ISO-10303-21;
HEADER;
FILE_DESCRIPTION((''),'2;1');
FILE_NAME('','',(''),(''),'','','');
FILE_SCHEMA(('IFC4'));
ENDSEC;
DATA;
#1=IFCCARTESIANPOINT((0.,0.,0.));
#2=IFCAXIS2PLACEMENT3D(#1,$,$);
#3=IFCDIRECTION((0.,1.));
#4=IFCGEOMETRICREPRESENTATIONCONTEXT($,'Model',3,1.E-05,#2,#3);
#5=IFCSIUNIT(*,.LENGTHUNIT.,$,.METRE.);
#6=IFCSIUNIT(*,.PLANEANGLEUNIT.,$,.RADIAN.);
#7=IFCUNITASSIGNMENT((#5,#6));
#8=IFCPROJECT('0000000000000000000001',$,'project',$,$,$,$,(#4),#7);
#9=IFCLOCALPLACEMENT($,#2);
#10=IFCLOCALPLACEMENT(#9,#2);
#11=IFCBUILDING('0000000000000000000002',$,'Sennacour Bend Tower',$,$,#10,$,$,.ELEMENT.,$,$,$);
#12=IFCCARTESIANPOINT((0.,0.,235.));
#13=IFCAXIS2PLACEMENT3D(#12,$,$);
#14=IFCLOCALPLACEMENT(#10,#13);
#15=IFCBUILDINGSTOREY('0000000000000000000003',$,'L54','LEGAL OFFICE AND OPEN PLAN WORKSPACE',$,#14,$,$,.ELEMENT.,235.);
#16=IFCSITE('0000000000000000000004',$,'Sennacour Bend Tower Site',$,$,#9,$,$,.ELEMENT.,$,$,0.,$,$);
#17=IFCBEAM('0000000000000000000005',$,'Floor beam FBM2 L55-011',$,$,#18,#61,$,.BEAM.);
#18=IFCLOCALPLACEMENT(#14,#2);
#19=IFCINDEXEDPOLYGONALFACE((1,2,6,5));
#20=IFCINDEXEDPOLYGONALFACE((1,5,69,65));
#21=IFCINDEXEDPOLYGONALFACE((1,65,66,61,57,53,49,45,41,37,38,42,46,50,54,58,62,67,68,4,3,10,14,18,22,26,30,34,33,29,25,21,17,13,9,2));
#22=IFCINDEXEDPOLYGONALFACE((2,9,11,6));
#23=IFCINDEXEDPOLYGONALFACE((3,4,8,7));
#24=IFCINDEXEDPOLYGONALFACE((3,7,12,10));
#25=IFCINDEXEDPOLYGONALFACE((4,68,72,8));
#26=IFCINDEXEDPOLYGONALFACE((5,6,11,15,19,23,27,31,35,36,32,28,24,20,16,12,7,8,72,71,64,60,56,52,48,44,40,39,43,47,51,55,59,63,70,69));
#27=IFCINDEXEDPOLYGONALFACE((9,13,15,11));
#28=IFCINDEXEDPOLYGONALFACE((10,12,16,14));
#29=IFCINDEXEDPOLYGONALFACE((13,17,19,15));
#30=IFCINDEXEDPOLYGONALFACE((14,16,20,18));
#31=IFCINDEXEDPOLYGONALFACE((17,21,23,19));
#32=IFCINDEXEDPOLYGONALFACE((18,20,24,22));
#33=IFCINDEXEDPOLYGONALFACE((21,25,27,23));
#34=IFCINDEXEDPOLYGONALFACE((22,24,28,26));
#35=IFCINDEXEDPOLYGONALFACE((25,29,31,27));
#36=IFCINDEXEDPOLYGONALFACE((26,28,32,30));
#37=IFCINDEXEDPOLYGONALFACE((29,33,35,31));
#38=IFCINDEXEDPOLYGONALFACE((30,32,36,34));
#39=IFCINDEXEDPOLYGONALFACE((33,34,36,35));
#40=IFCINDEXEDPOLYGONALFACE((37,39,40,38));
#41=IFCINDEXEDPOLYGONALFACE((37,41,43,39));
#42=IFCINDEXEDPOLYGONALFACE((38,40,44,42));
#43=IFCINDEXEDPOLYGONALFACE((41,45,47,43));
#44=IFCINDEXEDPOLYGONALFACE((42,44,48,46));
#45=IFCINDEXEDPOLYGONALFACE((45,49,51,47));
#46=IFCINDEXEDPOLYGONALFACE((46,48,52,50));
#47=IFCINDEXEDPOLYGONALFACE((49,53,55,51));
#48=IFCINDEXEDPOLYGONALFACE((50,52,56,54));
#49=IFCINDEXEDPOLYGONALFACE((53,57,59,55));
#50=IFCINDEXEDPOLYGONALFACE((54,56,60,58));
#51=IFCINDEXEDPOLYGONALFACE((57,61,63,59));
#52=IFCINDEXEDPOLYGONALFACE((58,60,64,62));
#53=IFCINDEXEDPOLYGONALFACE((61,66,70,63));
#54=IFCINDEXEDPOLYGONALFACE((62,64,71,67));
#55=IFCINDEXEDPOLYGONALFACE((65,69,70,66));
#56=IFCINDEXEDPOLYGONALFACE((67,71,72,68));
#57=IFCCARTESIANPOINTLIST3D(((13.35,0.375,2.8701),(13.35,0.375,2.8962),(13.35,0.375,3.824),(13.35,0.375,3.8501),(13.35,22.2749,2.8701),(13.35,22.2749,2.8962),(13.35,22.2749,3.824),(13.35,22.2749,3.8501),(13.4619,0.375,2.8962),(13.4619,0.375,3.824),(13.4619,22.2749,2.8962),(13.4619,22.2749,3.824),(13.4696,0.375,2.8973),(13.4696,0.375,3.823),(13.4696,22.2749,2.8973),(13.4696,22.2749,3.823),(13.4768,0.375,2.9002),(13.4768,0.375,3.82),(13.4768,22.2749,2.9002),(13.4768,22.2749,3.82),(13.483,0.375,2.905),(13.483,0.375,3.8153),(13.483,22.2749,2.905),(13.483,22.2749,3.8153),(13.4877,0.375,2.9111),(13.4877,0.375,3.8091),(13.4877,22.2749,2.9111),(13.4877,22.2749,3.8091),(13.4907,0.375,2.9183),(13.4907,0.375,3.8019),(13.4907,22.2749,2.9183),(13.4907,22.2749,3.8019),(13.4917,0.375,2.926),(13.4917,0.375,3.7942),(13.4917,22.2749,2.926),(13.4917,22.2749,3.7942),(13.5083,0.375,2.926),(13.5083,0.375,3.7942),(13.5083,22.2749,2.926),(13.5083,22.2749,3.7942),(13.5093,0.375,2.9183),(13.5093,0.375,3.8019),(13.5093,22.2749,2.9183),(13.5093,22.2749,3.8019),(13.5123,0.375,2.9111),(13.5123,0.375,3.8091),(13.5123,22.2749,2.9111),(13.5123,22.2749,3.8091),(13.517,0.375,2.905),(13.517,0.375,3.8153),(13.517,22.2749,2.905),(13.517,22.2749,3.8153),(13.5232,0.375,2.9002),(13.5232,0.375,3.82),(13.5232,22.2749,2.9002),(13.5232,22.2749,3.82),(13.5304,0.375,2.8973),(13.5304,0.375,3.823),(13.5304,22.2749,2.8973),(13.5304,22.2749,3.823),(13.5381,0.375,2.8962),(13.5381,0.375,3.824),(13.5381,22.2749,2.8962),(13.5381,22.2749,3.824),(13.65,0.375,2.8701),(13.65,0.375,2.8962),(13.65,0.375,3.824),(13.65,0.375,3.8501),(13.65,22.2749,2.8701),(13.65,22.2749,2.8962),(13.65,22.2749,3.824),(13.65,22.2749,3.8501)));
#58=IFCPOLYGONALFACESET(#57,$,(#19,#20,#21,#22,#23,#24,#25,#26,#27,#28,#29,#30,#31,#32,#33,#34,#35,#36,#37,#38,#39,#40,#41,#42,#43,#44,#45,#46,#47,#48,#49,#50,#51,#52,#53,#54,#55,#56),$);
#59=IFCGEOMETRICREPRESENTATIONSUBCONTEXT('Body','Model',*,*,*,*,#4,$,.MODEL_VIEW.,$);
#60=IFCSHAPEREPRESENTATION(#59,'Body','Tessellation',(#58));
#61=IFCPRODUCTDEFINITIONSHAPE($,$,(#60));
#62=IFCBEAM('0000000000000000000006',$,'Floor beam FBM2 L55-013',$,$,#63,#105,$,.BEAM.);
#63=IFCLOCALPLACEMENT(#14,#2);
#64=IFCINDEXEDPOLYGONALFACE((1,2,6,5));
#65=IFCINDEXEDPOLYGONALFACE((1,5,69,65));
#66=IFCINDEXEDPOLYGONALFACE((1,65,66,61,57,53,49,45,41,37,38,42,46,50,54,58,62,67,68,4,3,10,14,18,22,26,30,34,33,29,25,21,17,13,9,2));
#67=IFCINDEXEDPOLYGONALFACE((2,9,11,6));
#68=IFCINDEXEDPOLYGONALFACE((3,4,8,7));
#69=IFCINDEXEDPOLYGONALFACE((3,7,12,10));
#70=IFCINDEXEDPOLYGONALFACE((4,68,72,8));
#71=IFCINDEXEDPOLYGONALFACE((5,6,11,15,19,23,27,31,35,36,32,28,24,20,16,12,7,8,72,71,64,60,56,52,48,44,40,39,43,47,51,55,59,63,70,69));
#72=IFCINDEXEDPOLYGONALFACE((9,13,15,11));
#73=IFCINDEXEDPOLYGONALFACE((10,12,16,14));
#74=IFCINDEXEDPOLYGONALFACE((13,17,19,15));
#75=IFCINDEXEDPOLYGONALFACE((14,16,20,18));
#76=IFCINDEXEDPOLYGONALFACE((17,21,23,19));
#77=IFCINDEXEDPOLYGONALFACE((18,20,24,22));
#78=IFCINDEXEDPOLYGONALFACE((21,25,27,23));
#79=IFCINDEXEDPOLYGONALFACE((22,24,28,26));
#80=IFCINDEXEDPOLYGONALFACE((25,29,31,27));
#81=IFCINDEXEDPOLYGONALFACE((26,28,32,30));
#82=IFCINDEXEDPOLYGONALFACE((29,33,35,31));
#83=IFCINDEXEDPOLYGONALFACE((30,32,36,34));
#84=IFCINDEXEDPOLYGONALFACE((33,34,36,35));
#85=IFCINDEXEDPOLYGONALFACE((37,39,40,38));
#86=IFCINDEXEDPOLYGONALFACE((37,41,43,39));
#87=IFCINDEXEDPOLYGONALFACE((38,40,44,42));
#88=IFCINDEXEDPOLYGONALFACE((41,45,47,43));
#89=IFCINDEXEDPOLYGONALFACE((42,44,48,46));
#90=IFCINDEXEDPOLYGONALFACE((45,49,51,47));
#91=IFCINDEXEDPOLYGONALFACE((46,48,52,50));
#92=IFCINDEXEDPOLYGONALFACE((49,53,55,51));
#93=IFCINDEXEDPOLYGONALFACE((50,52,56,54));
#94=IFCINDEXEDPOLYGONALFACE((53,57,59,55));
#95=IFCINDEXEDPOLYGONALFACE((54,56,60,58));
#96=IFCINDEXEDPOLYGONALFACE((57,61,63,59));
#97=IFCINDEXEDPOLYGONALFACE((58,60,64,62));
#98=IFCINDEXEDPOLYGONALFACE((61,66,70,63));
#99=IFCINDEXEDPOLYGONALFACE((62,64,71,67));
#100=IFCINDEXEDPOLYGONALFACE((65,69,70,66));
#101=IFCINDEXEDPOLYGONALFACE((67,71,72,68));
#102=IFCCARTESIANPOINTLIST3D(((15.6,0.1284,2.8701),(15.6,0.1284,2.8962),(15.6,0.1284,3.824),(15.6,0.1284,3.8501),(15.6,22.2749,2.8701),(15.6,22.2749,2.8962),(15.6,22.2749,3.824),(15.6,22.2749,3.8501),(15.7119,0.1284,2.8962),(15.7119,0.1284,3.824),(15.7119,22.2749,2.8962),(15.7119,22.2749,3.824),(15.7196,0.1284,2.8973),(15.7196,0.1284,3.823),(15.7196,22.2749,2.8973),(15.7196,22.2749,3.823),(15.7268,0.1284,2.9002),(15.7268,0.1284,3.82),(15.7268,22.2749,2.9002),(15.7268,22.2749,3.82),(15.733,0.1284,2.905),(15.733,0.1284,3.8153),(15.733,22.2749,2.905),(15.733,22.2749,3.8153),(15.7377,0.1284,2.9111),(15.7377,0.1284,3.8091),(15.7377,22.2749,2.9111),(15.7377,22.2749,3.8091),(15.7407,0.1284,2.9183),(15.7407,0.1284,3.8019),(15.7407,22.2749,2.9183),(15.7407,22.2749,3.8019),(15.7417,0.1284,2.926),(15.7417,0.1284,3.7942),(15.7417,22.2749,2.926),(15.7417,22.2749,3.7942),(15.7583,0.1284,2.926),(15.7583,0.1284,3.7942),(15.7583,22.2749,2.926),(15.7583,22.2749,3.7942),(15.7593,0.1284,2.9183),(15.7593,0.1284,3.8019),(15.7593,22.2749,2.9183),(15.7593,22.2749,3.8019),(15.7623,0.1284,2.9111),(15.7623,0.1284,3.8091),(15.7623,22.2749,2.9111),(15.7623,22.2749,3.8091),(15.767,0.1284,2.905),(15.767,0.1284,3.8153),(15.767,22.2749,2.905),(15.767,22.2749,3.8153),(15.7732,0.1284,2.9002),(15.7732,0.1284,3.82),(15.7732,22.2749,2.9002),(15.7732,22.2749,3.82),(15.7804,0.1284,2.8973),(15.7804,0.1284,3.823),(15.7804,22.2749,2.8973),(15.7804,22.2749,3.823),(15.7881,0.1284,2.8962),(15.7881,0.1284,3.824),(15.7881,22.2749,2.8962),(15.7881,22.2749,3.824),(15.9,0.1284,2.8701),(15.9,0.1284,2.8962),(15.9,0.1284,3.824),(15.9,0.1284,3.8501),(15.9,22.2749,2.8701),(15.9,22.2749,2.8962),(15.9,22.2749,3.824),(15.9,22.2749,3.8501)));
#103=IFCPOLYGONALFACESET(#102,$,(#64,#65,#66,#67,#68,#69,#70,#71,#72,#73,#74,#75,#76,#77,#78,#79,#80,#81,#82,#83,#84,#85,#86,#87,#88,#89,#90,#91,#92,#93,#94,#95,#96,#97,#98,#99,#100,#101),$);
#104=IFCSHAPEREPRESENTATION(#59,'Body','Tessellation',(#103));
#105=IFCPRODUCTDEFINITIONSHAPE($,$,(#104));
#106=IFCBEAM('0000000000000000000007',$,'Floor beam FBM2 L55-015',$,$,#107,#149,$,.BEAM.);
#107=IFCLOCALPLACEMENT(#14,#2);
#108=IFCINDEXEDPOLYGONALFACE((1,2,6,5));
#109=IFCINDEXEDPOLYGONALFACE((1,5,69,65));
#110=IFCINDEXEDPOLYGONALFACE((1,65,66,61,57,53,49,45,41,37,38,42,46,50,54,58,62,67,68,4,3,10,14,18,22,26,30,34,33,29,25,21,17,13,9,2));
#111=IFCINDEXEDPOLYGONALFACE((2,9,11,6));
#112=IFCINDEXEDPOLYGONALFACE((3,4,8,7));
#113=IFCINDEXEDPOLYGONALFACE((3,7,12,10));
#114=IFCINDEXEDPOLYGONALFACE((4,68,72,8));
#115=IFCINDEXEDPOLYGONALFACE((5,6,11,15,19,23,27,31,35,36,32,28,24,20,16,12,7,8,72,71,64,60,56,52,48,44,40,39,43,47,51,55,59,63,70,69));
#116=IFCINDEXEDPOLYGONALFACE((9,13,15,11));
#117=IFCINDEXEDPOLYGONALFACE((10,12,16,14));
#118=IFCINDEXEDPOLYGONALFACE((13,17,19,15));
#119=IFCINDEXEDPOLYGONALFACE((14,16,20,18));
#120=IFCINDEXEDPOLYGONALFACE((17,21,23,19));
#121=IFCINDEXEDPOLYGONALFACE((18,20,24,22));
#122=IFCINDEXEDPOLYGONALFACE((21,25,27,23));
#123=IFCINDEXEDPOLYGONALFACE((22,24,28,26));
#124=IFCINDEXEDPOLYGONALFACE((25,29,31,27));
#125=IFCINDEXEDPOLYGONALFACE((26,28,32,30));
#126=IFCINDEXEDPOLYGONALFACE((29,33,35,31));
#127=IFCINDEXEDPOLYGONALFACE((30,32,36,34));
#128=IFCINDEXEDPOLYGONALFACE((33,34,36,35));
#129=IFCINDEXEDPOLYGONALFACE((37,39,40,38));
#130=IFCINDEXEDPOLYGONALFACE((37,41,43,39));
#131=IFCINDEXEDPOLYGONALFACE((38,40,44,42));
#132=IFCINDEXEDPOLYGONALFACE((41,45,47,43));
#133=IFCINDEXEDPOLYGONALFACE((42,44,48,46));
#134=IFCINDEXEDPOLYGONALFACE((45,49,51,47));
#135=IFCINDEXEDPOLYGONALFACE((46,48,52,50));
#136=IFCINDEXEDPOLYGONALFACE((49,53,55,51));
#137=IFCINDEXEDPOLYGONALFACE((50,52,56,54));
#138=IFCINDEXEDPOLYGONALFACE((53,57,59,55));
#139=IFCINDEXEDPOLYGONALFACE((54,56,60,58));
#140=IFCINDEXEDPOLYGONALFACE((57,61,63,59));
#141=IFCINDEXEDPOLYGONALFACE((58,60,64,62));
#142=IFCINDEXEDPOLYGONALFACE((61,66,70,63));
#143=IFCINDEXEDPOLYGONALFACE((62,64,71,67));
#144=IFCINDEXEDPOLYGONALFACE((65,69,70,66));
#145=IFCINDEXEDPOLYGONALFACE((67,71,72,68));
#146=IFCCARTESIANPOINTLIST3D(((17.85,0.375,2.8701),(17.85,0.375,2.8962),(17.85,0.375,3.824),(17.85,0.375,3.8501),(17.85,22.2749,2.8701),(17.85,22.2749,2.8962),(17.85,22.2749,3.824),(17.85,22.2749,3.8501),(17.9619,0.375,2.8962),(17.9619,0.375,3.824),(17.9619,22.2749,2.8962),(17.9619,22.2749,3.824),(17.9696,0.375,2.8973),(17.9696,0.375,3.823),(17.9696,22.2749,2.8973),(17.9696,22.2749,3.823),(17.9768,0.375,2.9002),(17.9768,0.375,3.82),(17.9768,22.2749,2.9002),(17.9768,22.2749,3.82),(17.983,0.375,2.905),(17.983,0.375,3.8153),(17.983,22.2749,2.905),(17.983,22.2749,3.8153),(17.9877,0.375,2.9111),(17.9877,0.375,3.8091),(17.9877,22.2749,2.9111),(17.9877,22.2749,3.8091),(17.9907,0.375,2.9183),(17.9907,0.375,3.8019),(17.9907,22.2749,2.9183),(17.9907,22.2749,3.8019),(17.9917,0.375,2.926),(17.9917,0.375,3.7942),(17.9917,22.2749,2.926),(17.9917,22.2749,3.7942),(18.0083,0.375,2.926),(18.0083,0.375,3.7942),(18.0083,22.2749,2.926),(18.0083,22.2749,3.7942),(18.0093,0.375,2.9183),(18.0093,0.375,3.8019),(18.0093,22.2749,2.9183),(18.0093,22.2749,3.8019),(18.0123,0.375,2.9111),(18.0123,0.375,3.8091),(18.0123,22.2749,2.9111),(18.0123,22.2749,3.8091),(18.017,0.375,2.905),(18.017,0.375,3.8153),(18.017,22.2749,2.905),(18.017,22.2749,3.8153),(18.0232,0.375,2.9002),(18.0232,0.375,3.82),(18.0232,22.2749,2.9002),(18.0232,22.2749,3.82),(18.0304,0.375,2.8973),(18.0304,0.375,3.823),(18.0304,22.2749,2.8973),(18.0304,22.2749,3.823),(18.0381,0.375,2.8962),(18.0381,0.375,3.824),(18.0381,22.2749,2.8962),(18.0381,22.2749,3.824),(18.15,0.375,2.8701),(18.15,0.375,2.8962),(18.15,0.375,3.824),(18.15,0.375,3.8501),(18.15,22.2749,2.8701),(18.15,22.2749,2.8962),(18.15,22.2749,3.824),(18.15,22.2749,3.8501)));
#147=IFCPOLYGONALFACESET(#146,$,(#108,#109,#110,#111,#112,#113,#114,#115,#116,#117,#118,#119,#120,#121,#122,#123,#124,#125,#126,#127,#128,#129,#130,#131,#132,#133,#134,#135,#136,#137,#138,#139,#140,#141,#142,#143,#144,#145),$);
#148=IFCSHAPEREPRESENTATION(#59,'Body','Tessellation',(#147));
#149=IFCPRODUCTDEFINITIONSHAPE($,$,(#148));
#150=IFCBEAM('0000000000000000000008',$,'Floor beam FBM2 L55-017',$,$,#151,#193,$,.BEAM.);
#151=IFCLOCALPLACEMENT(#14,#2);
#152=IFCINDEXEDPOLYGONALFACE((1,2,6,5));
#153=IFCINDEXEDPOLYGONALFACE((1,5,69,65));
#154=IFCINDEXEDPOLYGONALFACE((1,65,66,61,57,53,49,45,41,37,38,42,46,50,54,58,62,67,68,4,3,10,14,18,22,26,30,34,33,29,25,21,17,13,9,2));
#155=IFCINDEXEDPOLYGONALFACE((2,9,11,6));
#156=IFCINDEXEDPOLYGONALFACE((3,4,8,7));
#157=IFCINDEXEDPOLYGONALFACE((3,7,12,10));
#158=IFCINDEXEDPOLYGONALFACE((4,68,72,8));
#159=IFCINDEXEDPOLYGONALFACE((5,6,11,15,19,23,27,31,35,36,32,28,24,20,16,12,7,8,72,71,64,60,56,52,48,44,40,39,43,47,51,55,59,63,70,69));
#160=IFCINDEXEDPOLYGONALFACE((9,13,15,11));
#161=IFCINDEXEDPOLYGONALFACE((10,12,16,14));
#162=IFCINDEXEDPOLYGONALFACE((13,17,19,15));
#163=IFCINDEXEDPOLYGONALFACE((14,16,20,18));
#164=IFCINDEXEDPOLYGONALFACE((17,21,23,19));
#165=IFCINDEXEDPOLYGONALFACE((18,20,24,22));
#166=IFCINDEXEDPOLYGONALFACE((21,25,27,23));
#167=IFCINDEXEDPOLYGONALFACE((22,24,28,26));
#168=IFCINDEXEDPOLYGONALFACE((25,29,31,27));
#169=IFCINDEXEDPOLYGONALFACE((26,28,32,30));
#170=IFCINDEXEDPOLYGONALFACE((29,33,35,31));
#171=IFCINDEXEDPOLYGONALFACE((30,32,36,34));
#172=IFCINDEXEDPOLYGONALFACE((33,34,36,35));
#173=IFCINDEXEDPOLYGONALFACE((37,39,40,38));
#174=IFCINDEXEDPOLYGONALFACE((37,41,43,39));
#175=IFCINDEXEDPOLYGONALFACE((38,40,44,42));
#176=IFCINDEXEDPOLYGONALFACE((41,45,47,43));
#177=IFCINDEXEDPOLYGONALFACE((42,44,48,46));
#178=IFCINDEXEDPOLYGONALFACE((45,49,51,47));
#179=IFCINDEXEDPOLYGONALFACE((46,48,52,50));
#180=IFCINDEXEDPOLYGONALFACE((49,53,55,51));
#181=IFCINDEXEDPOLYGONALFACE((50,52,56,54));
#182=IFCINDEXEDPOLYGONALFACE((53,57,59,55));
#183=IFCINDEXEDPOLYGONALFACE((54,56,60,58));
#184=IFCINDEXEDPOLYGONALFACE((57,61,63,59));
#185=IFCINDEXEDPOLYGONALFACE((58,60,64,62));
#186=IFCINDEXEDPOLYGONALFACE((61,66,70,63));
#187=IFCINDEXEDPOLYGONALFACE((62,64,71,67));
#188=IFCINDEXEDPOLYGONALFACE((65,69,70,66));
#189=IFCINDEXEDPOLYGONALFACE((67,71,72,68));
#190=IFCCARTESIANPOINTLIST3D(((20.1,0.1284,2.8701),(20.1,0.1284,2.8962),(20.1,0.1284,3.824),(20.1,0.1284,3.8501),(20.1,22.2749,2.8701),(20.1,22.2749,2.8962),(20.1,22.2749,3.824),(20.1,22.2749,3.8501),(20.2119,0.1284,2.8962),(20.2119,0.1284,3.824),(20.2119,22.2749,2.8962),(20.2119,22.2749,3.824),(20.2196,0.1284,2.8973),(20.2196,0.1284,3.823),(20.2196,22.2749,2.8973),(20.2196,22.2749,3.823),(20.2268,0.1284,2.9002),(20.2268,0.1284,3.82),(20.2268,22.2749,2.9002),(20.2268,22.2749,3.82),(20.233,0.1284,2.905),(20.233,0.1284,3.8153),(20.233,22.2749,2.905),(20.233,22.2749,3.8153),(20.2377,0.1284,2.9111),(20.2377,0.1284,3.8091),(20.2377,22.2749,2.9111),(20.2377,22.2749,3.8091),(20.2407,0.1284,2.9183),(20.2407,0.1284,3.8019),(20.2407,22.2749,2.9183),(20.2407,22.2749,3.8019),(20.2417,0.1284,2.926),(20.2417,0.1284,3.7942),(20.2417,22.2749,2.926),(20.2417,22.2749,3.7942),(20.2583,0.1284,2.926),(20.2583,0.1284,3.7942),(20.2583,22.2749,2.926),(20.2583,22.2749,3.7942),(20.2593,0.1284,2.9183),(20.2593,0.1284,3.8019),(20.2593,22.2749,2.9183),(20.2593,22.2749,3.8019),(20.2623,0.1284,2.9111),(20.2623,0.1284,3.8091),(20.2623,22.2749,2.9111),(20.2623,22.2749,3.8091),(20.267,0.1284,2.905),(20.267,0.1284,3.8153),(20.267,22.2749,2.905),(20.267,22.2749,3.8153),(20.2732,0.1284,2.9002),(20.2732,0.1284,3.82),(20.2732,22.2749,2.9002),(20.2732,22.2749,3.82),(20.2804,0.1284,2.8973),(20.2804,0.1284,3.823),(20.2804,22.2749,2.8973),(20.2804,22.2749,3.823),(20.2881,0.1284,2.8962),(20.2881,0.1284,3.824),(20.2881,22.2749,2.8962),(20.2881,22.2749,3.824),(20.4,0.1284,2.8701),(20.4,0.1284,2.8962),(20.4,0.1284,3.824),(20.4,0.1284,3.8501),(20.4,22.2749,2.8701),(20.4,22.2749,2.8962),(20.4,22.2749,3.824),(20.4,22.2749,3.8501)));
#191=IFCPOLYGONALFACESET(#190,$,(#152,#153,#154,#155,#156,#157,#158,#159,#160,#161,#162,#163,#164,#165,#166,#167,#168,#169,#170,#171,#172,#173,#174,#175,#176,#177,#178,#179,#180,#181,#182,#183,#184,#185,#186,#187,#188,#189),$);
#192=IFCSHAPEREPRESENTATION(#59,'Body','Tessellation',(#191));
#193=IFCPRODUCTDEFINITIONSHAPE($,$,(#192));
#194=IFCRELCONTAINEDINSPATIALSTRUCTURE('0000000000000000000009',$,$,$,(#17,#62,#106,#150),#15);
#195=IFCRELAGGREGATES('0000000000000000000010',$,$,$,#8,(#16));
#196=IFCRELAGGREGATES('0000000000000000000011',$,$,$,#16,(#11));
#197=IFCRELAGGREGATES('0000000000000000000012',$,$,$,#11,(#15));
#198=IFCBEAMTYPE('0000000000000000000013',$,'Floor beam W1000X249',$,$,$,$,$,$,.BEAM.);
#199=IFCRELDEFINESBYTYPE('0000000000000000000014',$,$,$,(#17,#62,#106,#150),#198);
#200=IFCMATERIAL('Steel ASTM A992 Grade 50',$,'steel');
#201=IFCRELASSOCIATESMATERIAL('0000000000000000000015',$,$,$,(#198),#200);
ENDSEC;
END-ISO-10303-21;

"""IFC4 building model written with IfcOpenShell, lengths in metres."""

from ifc_helpers import new_model, si_unit, direction, frame, origin, origin_2d, place, context, subcontext, project, spatial, i_section, extrude, material, material_profile, profile_set, type_object, element, save


model = new_model("IFC4")

# Units and contexts
model_context = context("Model", 3, precision=1e-05, world=origin(), true_north=direction((0.0, 1.0)))
body_context = subcontext(model_context, "Body", "Model", "MODEL_VIEW")
ifc_project = project(units=[si_unit("LENGTHUNIT", "METRE"), si_unit("PLANEANGLEUNIT", "RADIAN")], contexts=[model_context])

# Site, building, storey
site_placement = place(None, origin())
site = spatial("IfcSite", under=ifc_project, at=site_placement, Name="Sennacour Bend Tower Site", CompositionType="ELEMENT", RefElevation=0.0)
building_placement = place(site_placement, origin())
building = spatial("IfcBuilding", under=site, at=building_placement, Name="Sennacour Bend Tower", CompositionType="ELEMENT")
storey_placement = place(building_placement, frame((0.0, 0.0, 235.0)))
storey = spatial("IfcBuildingStorey", under=building, at=storey_placement, Name="L54", Description="LEGAL OFFICE AND OPEN PLAN WORKSPACE", CompositionType="ELEMENT", Elevation=235.0)

# Beams
ifc_material_1 = material(Name="Steel ASTM A992 Grade 50", Category="steel")
ifc_material_profile = material_profile(ifc_material_1, i_section(OverallWidth=0.3, OverallDepth=0.98, WebThickness=0.0166, FlangeThickness=0.0261, FilletRadius=0.0298, at=origin_2d()), Name="Steel ASTM A992 Grade 50", Category="steel")
ifc_profile_set = profile_set([ifc_material_profile], Name="Steel ASTM A992 Grade 50")
beam_type = type_object("IfcBeamType", Name="Floor beam W1000X249", PredefinedType="BEAM", material=ifc_profile_set)
beam_1_placement = place(storey_placement, frame((13.5, 0.375, 3.3601), z_axis=(0.0, 1.0, 0.0), x_axis=(-1.0, 0.0, 0.0)))
element("IfcBeam", 1, at=beam_1_placement, inside=storey, type_object=beam_type, Name="Floor beam FBM2 L55-011", PredefinedType="BEAM", context=body_context, shape_type="SweptSolid", body=[
    extrude(i_section(OverallWidth=0.3, OverallDepth=0.98, WebThickness=0.0166, FlangeThickness=0.0261, FilletRadius=0.0298, at=origin_2d()), origin(), (0.0, 0.0, 1.0), 21.8999),
])
beam_2_placement = place(storey_placement, frame((15.75, 0.1284, 3.3601), z_axis=(0.0, 1.0, 0.0), x_axis=(-1.0, 0.0, 0.0)))
element("IfcBeam", 2, at=beam_2_placement, inside=storey, type_object=beam_type, Name="Floor beam FBM2 L55-013", PredefinedType="BEAM", context=body_context, shape_type="SweptSolid", body=[
    extrude(i_section(OverallWidth=0.3, OverallDepth=0.98, WebThickness=0.0166, FlangeThickness=0.0261, FilletRadius=0.0298, at=origin_2d()), origin(), (0.0, 0.0, 1.0), 22.1465),
])
beam_3_placement = place(storey_placement, frame((18.0, 0.375, 3.3601), z_axis=(0.0, 1.0, 0.0), x_axis=(-1.0, 0.0, 0.0)))
element("IfcBeam", 3, at=beam_3_placement, inside=storey, type_object=beam_type, Name="Floor beam FBM2 L55-015", PredefinedType="BEAM", context=body_context, shape_type="SweptSolid", body=[
    extrude(i_section(OverallWidth=0.3, OverallDepth=0.98, WebThickness=0.0166, FlangeThickness=0.0261, FilletRadius=0.0298, at=origin_2d()), origin(), (0.0, 0.0, 1.0), 21.8999),
])
beam_4_placement = place(storey_placement, frame((20.25, 0.1284, 3.3601), z_axis=(0.0, 1.0, 0.0), x_axis=(-1.0, 0.0, 0.0)))
element("IfcBeam", 4, at=beam_4_placement, inside=storey, type_object=beam_type, Name="Floor beam FBM2 L55-017", PredefinedType="BEAM", context=body_context, shape_type="SweptSolid", body=[
    extrude(i_section(OverallWidth=0.3, OverallDepth=0.98, WebThickness=0.0166, FlangeThickness=0.0261, FilletRadius=0.0298, at=origin_2d()), origin(), (0.0, 0.0, 1.0), 22.1465),
])

save(model, "model.ifc")
